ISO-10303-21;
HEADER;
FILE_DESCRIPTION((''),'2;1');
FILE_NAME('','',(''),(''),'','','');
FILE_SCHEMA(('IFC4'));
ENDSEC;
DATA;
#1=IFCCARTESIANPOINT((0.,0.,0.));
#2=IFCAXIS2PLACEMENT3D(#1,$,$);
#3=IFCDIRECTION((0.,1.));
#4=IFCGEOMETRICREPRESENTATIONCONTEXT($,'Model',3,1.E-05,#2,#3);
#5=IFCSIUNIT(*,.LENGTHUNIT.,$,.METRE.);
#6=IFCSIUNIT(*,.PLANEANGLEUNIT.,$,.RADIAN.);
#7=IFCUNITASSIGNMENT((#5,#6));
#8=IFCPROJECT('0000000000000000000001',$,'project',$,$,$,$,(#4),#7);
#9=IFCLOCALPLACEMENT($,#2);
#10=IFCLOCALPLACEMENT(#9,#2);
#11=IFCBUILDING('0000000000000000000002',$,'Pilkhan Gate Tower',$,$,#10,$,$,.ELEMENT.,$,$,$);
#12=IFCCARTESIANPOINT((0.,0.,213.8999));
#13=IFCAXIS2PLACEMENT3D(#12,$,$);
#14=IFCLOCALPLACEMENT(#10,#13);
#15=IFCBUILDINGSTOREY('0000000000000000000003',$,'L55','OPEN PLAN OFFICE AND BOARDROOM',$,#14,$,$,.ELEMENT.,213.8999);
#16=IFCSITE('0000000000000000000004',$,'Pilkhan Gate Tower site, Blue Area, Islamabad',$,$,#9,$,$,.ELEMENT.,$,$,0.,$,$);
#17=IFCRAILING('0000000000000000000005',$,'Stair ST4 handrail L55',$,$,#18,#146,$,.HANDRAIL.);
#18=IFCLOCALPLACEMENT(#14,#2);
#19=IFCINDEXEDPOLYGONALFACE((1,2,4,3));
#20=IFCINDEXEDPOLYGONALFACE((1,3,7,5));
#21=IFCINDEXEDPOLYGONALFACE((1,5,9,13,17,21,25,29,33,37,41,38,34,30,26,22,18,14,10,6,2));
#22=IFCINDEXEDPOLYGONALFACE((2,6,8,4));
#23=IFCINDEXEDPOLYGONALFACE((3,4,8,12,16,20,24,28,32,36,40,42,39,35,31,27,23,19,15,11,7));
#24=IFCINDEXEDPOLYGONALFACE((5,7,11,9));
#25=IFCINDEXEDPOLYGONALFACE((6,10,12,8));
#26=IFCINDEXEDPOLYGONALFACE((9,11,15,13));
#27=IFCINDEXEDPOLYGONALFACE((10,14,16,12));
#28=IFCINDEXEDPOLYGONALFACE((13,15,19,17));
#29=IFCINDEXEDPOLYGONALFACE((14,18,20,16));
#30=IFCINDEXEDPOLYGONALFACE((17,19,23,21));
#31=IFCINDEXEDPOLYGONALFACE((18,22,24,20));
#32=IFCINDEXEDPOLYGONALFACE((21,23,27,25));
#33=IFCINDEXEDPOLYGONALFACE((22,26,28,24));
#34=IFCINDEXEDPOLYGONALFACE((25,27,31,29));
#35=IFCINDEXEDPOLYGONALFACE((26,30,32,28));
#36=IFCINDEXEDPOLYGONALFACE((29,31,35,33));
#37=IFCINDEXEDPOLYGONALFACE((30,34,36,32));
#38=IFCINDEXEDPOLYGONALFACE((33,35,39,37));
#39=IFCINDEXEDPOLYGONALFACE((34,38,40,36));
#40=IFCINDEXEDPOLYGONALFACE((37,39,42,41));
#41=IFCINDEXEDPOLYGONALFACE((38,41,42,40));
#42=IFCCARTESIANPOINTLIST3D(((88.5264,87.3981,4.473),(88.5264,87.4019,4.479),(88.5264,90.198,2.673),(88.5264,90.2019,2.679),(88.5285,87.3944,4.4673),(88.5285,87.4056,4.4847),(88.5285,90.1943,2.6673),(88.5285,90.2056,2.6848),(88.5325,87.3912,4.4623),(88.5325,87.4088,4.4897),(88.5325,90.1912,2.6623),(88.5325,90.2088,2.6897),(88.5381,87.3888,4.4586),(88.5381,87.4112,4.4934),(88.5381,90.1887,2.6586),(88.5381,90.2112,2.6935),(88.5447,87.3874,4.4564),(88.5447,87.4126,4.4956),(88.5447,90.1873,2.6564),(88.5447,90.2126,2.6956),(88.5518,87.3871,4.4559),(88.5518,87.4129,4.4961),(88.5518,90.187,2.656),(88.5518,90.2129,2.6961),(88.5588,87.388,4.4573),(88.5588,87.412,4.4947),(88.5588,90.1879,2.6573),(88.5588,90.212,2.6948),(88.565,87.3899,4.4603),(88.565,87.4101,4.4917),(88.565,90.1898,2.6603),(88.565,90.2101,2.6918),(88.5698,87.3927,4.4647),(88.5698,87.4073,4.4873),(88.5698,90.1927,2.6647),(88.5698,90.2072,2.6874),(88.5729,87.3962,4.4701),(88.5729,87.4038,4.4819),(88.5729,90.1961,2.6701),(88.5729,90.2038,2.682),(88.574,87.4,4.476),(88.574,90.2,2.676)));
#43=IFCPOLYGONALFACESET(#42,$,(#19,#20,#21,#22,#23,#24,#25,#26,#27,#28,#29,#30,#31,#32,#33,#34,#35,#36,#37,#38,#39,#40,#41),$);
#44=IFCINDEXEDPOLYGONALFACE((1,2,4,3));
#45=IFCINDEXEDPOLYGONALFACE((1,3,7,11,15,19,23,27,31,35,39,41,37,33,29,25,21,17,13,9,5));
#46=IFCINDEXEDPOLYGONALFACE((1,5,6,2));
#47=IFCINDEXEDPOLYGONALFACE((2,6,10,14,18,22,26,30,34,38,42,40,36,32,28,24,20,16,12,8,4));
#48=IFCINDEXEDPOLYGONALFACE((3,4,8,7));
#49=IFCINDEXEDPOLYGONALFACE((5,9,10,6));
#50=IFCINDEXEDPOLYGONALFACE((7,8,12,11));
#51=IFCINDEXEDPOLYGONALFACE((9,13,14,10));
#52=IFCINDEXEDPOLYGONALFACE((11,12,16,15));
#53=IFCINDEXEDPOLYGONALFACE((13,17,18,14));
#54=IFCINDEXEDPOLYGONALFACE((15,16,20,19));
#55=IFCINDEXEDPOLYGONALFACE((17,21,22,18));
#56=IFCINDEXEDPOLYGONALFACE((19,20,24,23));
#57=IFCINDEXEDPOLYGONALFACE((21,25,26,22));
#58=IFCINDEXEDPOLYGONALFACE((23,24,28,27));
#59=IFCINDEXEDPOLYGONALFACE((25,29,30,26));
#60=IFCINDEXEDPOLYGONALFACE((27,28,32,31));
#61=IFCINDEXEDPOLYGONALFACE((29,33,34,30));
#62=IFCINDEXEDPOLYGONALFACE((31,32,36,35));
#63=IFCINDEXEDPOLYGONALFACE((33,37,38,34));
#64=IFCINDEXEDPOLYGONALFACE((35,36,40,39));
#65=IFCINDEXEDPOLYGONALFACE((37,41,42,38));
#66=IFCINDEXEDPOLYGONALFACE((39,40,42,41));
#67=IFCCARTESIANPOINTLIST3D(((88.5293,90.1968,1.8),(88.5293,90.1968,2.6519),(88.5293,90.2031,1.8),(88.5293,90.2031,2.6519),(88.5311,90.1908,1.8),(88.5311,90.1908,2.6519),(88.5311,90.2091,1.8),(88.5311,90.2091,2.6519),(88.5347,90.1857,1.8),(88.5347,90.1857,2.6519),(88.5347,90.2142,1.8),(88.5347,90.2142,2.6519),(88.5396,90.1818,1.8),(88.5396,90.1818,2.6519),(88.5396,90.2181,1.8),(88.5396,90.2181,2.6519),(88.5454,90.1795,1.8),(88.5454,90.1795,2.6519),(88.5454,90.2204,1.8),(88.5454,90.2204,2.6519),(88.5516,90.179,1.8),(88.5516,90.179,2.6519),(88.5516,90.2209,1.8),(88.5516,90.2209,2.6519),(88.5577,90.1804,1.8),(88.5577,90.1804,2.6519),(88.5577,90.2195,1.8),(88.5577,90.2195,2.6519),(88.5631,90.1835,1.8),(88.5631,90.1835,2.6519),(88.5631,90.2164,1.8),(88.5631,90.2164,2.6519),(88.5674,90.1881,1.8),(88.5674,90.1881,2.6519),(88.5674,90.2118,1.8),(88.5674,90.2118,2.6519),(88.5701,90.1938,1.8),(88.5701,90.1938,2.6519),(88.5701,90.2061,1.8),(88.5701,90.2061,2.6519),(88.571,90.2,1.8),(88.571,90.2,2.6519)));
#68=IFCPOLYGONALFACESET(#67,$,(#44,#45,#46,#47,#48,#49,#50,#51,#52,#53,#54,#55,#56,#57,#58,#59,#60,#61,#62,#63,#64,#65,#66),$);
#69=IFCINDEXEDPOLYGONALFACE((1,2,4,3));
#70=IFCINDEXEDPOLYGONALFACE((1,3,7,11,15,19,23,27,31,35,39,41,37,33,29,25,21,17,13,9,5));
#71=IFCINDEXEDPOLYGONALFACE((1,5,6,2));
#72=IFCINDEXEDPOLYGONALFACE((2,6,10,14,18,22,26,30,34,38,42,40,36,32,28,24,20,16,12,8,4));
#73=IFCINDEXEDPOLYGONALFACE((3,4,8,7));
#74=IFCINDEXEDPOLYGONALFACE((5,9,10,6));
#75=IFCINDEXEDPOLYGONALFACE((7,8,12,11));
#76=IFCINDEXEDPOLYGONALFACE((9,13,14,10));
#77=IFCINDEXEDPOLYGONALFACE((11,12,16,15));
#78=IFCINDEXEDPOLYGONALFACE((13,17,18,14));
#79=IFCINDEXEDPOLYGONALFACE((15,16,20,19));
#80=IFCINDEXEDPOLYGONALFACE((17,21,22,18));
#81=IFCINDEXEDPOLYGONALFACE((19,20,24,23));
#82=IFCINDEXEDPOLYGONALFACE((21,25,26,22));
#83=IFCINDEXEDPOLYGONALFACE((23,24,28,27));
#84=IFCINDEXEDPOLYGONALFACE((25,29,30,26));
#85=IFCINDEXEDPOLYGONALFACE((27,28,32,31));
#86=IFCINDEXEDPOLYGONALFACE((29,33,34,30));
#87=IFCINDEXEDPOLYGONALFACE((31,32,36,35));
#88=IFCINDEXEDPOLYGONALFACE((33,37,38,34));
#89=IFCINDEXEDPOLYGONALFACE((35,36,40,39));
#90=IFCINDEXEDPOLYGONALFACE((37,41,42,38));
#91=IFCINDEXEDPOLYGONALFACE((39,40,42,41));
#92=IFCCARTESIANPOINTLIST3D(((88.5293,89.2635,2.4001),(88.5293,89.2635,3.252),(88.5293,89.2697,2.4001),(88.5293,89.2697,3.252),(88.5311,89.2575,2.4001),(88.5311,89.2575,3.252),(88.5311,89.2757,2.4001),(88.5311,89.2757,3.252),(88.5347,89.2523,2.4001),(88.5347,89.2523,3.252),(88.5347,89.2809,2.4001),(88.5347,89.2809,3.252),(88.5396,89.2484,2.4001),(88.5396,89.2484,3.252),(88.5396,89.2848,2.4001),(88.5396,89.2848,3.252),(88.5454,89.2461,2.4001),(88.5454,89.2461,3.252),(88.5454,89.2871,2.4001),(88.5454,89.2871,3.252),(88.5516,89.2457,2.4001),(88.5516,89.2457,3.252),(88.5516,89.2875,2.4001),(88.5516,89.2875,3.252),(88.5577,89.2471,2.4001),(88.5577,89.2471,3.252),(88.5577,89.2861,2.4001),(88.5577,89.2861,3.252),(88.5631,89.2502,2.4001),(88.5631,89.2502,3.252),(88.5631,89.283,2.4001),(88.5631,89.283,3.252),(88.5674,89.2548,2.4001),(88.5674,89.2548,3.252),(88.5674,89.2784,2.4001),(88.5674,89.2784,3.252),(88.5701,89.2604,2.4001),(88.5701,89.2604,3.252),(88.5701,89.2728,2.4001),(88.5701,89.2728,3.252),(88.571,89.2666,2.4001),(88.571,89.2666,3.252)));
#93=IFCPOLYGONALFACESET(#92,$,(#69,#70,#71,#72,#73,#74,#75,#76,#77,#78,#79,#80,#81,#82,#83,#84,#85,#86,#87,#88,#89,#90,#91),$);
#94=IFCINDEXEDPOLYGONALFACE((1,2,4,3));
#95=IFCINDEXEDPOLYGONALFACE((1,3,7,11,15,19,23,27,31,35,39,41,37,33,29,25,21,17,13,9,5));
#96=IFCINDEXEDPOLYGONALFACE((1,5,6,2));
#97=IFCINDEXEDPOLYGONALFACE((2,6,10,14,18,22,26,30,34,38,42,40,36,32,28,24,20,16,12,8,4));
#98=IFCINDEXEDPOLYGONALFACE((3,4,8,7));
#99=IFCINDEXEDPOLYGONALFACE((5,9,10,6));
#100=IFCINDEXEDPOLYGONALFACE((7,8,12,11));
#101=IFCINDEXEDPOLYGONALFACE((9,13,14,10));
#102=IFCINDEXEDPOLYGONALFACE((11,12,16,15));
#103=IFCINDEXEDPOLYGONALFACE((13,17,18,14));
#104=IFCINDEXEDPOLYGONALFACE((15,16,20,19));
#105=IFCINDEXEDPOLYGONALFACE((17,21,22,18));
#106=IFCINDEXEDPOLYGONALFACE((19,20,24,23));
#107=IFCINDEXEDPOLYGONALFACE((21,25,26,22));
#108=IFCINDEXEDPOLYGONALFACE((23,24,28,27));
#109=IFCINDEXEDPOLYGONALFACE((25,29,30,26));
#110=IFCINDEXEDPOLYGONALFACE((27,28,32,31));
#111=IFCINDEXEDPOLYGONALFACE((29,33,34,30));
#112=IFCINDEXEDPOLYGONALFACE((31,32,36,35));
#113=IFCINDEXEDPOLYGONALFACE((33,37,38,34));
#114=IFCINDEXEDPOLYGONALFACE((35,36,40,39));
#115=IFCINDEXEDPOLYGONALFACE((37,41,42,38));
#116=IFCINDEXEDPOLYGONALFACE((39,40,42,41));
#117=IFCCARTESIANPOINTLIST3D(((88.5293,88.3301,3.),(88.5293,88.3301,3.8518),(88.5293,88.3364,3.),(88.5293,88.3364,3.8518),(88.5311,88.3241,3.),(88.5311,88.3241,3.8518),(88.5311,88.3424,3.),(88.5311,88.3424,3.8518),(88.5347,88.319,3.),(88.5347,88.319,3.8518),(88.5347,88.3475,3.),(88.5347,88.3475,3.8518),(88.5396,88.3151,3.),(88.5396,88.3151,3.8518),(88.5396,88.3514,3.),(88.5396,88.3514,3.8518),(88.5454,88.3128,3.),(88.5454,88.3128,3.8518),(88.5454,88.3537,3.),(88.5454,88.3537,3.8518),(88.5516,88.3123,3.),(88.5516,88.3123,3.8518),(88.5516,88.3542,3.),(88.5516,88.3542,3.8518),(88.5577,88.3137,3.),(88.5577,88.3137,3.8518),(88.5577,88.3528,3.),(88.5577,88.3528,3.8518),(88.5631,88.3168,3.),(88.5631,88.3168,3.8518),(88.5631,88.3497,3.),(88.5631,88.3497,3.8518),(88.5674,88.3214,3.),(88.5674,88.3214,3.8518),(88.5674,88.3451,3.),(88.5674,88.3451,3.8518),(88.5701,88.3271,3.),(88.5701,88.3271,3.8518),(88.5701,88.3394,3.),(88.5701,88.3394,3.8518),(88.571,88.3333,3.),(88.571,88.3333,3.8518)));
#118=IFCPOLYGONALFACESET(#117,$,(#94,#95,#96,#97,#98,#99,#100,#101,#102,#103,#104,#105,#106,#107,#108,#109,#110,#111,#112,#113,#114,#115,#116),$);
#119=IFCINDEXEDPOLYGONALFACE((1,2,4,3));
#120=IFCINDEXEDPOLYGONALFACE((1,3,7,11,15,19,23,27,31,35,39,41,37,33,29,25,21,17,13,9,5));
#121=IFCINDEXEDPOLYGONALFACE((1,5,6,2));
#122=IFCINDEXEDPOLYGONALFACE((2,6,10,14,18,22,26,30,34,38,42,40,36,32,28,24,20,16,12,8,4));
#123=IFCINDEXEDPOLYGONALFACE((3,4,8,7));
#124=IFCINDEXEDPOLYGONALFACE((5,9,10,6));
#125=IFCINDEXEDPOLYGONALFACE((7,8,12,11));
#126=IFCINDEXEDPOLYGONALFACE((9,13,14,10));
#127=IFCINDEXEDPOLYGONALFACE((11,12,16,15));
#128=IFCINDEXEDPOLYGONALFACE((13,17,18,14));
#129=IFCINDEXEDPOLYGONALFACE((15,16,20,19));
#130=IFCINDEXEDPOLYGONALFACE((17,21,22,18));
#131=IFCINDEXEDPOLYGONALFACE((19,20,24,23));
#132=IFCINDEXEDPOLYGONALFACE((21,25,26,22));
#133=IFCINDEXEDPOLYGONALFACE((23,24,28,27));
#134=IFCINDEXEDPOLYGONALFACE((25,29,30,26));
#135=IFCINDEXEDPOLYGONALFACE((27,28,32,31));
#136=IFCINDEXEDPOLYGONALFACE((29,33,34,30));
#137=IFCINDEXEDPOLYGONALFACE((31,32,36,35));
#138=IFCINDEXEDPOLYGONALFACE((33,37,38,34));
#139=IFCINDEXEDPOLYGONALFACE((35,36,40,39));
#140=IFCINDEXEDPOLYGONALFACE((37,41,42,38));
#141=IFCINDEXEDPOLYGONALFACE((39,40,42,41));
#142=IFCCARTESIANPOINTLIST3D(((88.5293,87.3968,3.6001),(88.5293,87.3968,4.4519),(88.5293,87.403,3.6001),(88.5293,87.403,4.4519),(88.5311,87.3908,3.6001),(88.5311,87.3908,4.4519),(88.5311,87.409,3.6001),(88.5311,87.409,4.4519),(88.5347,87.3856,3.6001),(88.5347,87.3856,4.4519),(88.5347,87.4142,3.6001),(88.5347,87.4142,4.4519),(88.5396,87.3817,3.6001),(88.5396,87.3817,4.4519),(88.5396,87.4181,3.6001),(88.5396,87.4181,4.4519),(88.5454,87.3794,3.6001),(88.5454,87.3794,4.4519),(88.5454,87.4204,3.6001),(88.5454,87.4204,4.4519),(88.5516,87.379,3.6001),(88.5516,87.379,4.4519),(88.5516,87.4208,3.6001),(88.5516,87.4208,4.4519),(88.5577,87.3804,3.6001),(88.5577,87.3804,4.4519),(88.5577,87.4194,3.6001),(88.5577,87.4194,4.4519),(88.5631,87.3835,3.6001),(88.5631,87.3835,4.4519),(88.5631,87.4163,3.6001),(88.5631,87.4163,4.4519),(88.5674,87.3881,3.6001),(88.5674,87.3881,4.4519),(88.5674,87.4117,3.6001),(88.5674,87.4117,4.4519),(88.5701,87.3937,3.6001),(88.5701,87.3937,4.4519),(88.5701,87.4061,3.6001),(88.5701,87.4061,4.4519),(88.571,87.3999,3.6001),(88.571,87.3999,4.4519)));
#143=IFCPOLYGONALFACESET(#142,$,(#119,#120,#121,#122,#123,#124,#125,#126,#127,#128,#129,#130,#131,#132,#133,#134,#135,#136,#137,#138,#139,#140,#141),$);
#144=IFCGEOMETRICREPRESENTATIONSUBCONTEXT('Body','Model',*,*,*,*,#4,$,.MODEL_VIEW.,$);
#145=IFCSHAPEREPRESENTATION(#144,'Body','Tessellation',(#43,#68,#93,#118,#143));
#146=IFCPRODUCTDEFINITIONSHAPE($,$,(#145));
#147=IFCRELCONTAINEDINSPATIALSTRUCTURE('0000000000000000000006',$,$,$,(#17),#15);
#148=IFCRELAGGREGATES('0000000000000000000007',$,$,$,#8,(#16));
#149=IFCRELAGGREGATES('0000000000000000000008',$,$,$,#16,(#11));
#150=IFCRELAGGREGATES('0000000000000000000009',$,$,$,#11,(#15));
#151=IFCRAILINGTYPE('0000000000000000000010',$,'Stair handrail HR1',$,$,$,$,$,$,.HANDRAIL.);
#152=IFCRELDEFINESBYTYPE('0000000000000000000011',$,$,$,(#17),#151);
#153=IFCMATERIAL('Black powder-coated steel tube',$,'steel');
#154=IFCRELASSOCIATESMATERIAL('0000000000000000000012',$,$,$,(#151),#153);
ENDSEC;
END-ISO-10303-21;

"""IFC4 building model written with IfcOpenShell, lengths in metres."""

from ifc_helpers import new_model, si_unit, direction, frame, origin, origin_2d, place, context, subcontext, project, spatial, circle, extrude, material, type_object, element, save


model = new_model("IFC4")

# Units and contexts
model_context = context("Model", 3, precision=1e-05, world=origin(), true_north=direction((0.0, 1.0)))
body_context = subcontext(model_context, "Body", "Model", "MODEL_VIEW")
ifc_project = project(units=[si_unit("LENGTHUNIT", "METRE"), si_unit("PLANEANGLEUNIT", "RADIAN")], contexts=[model_context])

# Site, building, storey
site_placement = place(None, origin())
site = spatial("IfcSite", under=ifc_project, at=site_placement, Name="Pilkhan Gate Tower site, Blue Area, Islamabad", CompositionType="ELEMENT", RefElevation=0.0)
building_placement = place(site_placement, origin())
building = spatial("IfcBuilding", under=site, at=building_placement, Name="Pilkhan Gate Tower", CompositionType="ELEMENT")
storey_placement = place(building_placement, frame((0.0, 0.0, 213.8999)))
storey = spatial("IfcBuildingStorey", under=building, at=storey_placement, Name="L55", Description="OPEN PLAN OFFICE AND BOARDROOM", CompositionType="ELEMENT", Elevation=213.8999)

# Railing
ifc_material_1 = material(Name="Black powder-coated steel tube", Category="steel")
railing_type_1 = type_object("IfcRailingType", Name="Stair handrail HR1", PredefinedType="HANDRAIL", material=ifc_material_1)
railing_1_placement = place(storey_placement, frame((88.55, 90.2, 1.8)))
element("IfcRailing", 1, at=railing_1_placement, inside=storey, type_object=railing_type_1, Name="Stair ST4 handrail L55", PredefinedType="HANDRAIL", context=body_context, shape_type="SweptSolid", body=[
    extrude(circle(Radius=0.0239, at=origin_2d()), frame((0.0, 0.0, 0.876), z_axis=(0.0, -0.841176, 0.540761), x_axis=(1.0, 0.0, 0.0)), (0.0, 0.0, 1.0), 3.3286),
    extrude(circle(Radius=0.021, at=origin_2d()), origin(), (0.0, 0.0, 1.0), 0.8518),
    extrude(circle(Radius=0.021, at=origin_2d()), frame((0.0, -0.9333, 0.6001)), (0.0, 0.0, 1.0), 0.8518),
    extrude(circle(Radius=0.021, at=origin_2d()), frame((0.0, -1.8667, 1.2)), (0.0, 0.0, 1.0), 0.8518),
    extrude(circle(Radius=0.021, at=origin_2d()), frame((0.0, -2.8, 1.8)), (0.0, 0.0, 1.0), 0.8518),
])

save(model, "model.ifc")
